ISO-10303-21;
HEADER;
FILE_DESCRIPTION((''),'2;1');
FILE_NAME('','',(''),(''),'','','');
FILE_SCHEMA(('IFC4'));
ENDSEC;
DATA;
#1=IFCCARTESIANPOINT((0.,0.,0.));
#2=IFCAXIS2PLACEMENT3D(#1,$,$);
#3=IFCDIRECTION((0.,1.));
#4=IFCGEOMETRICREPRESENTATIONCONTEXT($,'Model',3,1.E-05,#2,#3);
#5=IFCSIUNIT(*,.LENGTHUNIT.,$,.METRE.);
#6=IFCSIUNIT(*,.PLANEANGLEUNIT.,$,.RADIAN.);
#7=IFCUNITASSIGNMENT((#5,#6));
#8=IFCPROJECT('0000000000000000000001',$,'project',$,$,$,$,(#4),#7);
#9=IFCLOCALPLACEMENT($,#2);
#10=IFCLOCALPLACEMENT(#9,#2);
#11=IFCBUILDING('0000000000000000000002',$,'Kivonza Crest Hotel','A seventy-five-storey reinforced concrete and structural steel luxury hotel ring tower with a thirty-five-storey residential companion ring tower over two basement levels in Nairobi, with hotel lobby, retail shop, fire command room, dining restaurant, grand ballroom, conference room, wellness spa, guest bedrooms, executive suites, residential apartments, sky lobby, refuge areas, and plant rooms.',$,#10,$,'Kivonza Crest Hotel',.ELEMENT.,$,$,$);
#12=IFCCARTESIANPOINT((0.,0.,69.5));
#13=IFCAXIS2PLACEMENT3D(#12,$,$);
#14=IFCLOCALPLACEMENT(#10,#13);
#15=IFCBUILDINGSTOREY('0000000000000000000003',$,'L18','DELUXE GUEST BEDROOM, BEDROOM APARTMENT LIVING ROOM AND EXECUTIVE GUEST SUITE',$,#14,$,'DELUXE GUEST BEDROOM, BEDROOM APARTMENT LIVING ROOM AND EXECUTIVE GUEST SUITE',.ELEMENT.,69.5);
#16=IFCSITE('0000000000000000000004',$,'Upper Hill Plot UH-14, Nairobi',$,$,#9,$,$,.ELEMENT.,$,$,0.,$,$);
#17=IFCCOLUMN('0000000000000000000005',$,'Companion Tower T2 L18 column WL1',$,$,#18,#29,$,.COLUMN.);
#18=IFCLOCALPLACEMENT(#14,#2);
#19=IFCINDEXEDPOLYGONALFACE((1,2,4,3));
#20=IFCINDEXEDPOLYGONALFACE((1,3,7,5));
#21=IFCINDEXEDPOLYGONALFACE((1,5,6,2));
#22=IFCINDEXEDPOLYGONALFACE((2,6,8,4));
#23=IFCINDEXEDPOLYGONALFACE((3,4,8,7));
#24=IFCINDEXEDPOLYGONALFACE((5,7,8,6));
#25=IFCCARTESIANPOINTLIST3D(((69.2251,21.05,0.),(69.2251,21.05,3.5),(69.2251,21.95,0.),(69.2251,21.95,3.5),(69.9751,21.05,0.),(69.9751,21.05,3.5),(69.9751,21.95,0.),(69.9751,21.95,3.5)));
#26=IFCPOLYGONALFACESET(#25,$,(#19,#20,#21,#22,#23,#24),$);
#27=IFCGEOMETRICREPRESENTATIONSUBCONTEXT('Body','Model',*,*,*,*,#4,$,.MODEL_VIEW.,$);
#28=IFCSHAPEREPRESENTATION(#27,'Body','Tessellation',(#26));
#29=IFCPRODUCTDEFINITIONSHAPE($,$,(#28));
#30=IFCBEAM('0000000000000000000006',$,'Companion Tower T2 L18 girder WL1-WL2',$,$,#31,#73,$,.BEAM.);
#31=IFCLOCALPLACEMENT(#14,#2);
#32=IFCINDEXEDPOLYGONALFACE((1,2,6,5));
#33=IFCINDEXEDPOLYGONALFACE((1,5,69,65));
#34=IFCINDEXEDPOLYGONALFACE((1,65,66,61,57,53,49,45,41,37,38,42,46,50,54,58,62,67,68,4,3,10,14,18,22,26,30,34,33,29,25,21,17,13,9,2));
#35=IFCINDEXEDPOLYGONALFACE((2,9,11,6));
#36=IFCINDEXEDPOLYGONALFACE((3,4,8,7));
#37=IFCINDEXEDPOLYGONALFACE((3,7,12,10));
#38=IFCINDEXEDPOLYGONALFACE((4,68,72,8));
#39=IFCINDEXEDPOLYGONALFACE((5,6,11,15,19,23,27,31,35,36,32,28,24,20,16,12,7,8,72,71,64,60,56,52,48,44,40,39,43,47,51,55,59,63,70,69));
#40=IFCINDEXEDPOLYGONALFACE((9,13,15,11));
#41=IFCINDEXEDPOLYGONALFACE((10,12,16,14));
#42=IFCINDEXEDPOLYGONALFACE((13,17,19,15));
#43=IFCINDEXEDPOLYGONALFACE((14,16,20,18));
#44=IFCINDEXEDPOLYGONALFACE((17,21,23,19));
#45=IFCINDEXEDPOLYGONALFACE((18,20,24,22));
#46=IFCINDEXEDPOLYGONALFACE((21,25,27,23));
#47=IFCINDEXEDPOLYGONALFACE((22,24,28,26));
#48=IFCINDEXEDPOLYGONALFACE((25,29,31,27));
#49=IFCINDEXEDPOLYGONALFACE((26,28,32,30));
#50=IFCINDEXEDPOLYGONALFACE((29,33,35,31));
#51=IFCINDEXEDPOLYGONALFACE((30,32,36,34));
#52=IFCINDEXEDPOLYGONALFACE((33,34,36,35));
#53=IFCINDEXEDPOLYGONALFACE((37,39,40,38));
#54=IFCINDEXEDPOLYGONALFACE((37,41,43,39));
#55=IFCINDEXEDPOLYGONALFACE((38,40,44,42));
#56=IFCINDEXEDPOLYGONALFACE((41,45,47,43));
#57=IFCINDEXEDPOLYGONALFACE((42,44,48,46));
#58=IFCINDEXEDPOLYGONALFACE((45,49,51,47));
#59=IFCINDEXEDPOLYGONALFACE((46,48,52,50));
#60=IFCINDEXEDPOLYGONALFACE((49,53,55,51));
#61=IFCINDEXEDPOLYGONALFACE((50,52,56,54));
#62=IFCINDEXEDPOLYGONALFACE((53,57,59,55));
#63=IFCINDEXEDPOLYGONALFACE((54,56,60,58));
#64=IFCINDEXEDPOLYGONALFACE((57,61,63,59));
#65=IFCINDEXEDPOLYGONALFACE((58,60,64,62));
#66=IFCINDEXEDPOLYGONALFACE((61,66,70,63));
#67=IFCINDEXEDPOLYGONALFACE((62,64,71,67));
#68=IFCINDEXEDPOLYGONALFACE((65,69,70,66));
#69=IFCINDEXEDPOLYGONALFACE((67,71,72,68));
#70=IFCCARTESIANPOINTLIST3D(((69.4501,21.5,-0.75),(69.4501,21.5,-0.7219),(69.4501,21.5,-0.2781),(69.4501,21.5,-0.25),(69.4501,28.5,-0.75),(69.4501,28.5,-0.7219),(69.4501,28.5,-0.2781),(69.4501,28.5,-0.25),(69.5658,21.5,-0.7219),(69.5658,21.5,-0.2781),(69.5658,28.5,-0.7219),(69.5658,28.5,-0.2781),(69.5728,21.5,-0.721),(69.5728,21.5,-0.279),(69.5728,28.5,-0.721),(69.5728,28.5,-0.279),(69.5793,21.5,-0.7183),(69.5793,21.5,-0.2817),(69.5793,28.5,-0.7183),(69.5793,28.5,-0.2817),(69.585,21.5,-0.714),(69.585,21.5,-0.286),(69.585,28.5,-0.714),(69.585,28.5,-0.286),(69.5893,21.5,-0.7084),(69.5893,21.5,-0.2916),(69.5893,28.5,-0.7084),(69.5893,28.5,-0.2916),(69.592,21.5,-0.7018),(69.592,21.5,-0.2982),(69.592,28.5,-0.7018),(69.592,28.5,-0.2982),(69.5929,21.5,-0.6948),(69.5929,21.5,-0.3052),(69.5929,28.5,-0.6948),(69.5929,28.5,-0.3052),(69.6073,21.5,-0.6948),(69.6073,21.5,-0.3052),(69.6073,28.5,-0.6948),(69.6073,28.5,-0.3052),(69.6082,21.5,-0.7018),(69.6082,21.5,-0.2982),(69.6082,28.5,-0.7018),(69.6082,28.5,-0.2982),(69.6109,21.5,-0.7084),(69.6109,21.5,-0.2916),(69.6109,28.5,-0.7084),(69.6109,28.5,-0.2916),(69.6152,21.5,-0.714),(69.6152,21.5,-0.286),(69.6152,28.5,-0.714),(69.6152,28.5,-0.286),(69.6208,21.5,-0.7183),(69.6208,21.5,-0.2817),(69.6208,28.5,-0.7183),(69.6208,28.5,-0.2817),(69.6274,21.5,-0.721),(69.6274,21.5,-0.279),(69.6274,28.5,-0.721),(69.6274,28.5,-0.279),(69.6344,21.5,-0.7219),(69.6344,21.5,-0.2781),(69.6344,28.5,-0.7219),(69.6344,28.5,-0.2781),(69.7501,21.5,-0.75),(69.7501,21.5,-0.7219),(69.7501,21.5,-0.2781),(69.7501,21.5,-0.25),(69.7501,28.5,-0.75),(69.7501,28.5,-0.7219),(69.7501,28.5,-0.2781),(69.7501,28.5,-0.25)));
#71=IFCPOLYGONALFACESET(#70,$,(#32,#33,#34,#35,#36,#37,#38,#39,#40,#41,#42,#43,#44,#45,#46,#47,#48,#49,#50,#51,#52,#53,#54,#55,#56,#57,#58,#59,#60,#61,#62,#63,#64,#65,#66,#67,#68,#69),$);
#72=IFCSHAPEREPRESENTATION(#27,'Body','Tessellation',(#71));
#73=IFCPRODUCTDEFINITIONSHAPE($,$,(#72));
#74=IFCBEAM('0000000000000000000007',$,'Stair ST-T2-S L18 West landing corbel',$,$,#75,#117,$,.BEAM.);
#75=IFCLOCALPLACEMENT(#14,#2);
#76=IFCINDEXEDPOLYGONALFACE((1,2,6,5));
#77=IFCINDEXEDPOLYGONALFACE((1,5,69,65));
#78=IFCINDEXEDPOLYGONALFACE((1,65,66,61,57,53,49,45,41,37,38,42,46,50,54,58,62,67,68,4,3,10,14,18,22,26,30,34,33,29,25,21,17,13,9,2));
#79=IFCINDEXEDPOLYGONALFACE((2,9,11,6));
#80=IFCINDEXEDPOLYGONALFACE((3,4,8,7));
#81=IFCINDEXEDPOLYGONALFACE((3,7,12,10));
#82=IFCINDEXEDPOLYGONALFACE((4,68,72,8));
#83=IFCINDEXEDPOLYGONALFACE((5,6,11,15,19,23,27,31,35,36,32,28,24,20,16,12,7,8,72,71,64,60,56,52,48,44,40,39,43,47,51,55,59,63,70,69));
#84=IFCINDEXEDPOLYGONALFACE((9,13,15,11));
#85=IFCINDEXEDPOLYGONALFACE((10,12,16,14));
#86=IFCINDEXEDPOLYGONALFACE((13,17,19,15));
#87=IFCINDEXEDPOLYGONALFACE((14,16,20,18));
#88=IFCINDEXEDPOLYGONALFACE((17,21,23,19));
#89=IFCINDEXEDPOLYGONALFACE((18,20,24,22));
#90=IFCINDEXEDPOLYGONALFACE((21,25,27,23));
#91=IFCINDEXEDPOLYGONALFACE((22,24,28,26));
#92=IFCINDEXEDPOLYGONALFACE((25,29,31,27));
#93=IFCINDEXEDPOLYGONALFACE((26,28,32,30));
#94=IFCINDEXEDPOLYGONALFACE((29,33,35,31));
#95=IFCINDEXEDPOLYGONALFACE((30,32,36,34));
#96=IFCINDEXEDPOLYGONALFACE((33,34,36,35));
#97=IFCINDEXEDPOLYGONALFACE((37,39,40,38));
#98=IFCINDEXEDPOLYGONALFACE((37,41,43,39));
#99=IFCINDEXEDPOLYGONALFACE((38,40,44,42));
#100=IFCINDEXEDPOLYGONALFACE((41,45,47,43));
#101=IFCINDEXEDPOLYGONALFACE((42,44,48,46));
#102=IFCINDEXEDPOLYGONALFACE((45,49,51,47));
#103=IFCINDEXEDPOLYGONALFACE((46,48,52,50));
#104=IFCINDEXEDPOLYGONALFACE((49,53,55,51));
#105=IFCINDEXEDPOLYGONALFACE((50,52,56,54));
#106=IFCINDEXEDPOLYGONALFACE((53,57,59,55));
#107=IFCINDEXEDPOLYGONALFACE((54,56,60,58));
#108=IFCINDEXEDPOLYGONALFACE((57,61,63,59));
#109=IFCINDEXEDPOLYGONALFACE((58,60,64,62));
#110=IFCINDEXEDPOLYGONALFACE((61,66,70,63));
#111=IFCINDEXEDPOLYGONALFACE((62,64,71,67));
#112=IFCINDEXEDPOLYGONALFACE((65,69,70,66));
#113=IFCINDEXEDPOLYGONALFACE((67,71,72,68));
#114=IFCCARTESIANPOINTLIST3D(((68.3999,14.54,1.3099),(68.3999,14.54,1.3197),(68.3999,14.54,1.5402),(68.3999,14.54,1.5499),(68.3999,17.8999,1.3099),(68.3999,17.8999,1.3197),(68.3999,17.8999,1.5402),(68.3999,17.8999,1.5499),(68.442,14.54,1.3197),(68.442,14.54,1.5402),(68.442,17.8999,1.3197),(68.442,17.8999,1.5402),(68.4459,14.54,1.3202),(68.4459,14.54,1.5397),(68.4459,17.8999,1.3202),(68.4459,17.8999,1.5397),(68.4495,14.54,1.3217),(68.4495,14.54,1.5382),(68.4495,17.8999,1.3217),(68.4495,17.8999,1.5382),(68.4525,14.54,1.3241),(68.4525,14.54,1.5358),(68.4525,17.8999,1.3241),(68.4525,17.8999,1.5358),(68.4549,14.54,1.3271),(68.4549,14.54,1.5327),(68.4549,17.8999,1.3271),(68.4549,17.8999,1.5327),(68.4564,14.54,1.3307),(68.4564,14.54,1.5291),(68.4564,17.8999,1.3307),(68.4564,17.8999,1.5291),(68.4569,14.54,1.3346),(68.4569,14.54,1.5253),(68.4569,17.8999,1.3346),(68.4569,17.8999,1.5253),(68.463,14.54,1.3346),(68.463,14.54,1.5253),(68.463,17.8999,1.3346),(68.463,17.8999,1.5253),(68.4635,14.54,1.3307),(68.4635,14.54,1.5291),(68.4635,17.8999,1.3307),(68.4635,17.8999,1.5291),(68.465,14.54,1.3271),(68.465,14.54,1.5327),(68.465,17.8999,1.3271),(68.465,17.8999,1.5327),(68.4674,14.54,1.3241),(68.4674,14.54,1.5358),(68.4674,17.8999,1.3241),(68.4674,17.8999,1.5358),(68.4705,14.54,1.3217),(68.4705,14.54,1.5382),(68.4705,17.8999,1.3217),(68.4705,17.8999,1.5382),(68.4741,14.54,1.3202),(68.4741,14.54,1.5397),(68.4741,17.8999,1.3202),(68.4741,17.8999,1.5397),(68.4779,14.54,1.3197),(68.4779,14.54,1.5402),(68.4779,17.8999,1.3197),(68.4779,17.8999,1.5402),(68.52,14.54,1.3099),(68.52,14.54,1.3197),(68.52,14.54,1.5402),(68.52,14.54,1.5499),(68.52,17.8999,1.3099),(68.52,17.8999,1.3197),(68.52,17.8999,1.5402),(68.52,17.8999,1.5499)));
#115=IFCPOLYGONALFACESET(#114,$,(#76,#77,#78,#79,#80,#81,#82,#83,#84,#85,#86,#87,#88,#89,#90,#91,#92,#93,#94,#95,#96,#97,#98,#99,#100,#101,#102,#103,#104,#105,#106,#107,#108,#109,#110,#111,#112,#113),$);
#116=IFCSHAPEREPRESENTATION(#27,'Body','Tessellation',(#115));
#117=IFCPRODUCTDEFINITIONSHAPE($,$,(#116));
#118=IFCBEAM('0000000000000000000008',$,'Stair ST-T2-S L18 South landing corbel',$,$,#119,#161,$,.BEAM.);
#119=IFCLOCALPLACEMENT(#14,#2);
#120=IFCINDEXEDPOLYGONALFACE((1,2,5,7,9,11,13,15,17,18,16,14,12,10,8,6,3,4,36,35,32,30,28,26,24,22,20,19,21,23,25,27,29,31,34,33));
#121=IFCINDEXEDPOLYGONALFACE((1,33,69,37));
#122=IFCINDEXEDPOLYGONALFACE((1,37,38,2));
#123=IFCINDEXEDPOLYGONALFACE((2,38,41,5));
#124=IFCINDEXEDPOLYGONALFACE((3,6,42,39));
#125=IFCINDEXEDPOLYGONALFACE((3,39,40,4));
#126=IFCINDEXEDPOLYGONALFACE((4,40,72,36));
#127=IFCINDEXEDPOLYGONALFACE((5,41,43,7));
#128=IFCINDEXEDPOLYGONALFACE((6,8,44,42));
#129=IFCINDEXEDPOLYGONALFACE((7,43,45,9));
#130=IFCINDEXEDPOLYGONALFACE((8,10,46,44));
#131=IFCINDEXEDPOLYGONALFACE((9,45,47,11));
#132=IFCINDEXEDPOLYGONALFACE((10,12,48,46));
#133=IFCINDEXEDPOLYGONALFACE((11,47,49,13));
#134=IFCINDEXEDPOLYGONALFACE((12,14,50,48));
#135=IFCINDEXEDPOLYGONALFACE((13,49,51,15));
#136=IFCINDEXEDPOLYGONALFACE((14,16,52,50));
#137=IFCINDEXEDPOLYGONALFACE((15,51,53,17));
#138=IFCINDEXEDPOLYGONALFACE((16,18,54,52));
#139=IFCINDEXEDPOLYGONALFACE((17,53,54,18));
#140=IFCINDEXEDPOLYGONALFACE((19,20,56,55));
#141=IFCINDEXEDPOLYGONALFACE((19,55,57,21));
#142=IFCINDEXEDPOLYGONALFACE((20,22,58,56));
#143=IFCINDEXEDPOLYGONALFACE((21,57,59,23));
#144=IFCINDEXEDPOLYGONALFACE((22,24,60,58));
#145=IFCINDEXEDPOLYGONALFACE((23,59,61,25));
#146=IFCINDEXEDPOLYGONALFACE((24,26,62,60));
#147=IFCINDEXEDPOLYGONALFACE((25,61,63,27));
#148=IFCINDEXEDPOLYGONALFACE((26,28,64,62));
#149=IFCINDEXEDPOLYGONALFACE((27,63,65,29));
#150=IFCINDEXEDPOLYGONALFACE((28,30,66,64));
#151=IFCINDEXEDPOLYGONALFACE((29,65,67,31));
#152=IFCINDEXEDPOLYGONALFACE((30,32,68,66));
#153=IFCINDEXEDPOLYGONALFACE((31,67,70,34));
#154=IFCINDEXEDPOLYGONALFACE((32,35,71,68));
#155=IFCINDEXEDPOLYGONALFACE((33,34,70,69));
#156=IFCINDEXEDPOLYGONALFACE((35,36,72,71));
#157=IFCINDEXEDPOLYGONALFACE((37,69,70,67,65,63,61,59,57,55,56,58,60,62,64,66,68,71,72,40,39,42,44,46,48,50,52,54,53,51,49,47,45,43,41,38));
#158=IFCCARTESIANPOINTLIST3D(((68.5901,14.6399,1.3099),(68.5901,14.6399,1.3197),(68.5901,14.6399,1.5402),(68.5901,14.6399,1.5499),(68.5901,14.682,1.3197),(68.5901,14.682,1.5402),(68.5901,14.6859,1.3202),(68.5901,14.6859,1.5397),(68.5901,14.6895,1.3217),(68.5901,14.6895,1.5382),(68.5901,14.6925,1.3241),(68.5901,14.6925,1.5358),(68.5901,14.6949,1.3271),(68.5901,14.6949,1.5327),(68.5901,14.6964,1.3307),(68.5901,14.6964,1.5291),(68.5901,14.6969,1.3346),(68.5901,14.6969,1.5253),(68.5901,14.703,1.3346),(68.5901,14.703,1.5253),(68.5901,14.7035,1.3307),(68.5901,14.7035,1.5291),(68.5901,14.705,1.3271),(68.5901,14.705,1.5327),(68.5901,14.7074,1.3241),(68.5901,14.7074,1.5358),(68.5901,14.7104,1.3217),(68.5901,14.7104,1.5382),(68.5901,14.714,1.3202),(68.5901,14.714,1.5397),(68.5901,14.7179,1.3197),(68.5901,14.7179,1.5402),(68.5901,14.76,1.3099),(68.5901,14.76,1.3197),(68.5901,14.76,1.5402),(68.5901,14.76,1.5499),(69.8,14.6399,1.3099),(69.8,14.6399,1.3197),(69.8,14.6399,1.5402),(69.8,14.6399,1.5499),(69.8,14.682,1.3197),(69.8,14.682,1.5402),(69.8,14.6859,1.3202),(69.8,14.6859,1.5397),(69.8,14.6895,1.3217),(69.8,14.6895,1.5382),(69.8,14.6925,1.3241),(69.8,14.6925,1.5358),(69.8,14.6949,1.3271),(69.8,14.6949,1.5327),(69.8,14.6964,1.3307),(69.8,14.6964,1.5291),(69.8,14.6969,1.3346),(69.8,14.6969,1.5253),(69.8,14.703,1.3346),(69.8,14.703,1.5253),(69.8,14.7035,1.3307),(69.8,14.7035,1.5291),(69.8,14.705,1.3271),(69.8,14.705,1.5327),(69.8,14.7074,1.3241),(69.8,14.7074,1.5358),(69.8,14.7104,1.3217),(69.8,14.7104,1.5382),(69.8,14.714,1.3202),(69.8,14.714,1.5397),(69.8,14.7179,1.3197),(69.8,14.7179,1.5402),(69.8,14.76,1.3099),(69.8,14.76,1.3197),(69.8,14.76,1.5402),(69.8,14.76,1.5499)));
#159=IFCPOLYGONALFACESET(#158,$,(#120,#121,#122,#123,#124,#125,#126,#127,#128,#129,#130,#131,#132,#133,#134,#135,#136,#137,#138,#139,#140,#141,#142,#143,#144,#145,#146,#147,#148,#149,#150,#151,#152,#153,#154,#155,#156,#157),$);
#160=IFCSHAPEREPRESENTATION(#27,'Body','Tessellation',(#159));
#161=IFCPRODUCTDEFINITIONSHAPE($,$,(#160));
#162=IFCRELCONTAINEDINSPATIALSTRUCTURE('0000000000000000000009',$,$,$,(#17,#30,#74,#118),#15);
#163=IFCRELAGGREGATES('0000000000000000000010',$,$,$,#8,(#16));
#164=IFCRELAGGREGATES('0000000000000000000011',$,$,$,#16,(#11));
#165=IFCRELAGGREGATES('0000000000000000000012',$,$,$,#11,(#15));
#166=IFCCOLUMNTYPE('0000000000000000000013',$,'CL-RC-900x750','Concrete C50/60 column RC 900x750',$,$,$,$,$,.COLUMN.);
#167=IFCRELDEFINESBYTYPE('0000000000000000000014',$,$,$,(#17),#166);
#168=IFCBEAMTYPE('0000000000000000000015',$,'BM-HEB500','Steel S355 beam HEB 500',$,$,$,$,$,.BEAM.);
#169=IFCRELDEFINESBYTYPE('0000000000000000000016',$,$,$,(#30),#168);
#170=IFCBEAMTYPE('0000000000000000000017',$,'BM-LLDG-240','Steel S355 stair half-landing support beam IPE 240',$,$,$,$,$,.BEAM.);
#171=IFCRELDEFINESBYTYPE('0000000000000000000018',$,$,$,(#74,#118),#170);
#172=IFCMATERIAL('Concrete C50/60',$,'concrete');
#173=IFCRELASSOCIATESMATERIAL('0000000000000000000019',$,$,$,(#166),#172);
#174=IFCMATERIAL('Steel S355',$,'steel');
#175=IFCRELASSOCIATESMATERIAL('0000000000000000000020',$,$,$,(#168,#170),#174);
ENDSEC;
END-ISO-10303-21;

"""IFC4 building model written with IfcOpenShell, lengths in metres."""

from ifc_helpers import new_model, si_unit, direction, frame, origin, origin_2d, place, context, subcontext, project, spatial, rectangle, i_section, extrude, material, material_profile, profile_set, type_object, element, save


model = new_model("IFC4")

# Units and contexts
model_context = context("Model", 3, precision=1e-05, world=origin(), true_north=direction((0.0, 1.0)))
body_context = subcontext(model_context, "Body", "Model", "MODEL_VIEW")
ifc_project = project(units=[si_unit("LENGTHUNIT", "METRE"), si_unit("PLANEANGLEUNIT", "RADIAN")], contexts=[model_context])

# Site, building, storey
site_placement = place(None, origin())
site = spatial("IfcSite", under=ifc_project, at=site_placement, Name="Upper Hill Plot UH-14, Nairobi", CompositionType="ELEMENT", RefElevation=0.0)
building_placement = place(site_placement, origin())
building = spatial("IfcBuilding", under=site, at=building_placement, Name="Kivonza Crest Hotel", Description="A seventy-five-storey reinforced concrete and structural steel luxury hotel ring tower with a thirty-five-storey residential companion ring tower over two basement levels in Nairobi, with hotel lobby, retail shop, fire command room, dining restaurant, grand ballroom, conference room, wellness spa, guest bedrooms, executive suites, residential apartments, sky lobby, refuge areas, and plant rooms.", LongName="Kivonza Crest Hotel", CompositionType="ELEMENT")
storey_placement = place(building_placement, frame((0.0, 0.0, 69.5)))
storey = spatial("IfcBuildingStorey", under=building, at=storey_placement, Name="L18", Description="DELUXE GUEST BEDROOM, BEDROOM APARTMENT LIVING ROOM AND EXECUTIVE GUEST SUITE", LongName="DELUXE GUEST BEDROOM, BEDROOM APARTMENT LIVING ROOM AND EXECUTIVE GUEST SUITE", CompositionType="ELEMENT", Elevation=69.5)

# Column
ifc_material_1 = material(Name="Concrete C50/60", Category="concrete")
ifc_material_profile_1 = material_profile(ifc_material_1, rectangle(XDim=0.75, YDim=0.8999, at=origin_2d()), Name="RC 900x750")
ifc_profile_set_1 = profile_set([ifc_material_profile_1], Name="Concrete C50/60")
column_type = type_object("IfcColumnType", Name="CL-RC-900x750", Description="Concrete C50/60 column RC 900x750", PredefinedType="COLUMN", material=ifc_profile_set_1)
column_placement = place(storey_placement, frame((69.6001, 21.5, 0.0), z_axis=(0.0, 0.0, 1.0), x_axis=(1.0, 0.0, 0.0)))
element("IfcColumn", 1, at=column_placement, inside=storey, type_object=column_type, Name="Companion Tower T2 L18 column WL1", PredefinedType="COLUMN", context=body_context, shape_type="SweptSolid", body=[
    extrude(rectangle(XDim=0.75, YDim=0.8999, at=origin_2d()), origin(), (0.0, 0.0, 1.0), 3.5),
])

# Beams
ifc_material_2 = material(Name="Steel S355", Category="steel")
ifc_material_profile_2 = material_profile(ifc_material_2, i_section(OverallWidth=0.3, OverallDepth=0.5, WebThickness=0.0144, FlangeThickness=0.0281, FilletRadius=0.0271, at=origin_2d()), Name="HEB 500")
ifc_profile_set_2 = profile_set([ifc_material_profile_2], Name="Steel S355")
beam_type_1 = type_object("IfcBeamType", Name="BM-HEB500", Description="Steel S355 beam HEB 500", PredefinedType="BEAM", material=ifc_profile_set_2)
beam_1_placement = place(storey_placement, frame((69.6001, 21.5, -0.5), z_axis=(0.0, 1.0, 0.0), x_axis=(-1.0, 0.0, 0.0)))
element("IfcBeam", 2, at=beam_1_placement, inside=storey, type_object=beam_type_1, Name="Companion Tower T2 L18 girder WL1-WL2", PredefinedType="BEAM", context=body_context, shape_type="SweptSolid", body=[
    extrude(i_section(OverallWidth=0.3, OverallDepth=0.5, WebThickness=0.0144, FlangeThickness=0.0281, FilletRadius=0.0271, at=origin_2d()), origin(), (0.0, 0.0, 1.0), 7.0),
])
ifc_material_profile_3 = material_profile(ifc_material_2, i_section(OverallWidth=0.1201, OverallDepth=0.24, WebThickness=0.0061, FlangeThickness=0.0098, FilletRadius=0.0149, at=origin_2d()), Name="IPE 240")
ifc_profile_set_3 = profile_set([ifc_material_profile_3], Name="Steel S355")
beam_type_2 = type_object("IfcBeamType", Name="BM-LLDG-240", Description="Steel S355 stair half-landing support beam IPE 240", PredefinedType="BEAM", material=ifc_profile_set_3)
beam_2_placement = place(storey_placement, frame((68.46, 14.54, 1.4299), z_axis=(0.0, 1.0, 0.0), x_axis=(-1.0, 0.0, 0.0)))
element("IfcBeam", 3, at=beam_2_placement, inside=storey, type_object=beam_type_2, Name="Stair ST-T2-S L18 West landing corbel", PredefinedType="BEAM", context=body_context, shape_type="SweptSolid", body=[
    extrude(i_section(OverallWidth=0.1201, OverallDepth=0.24, WebThickness=0.0061, FlangeThickness=0.0098, FilletRadius=0.0149, at=origin_2d()), origin(), (0.0, 0.0, 1.0), 3.3599),
])
for number, where, z_axis, x_axis, name in (
    (4, (68.5901, 14.7, 1.4299), (1.0, 0.0, 0.0), (0.0, 1.0, 0.0), "Stair ST-T2-S L18 South landing corbel"),
):
    element("IfcBeam", number, at=place(storey_placement, frame(where, z_axis=z_axis, x_axis=x_axis)), inside=storey, type_object=beam_type_2, Name=name, PredefinedType="BEAM", context=body_context, shape_type="SweptSolid", body=[
        extrude(i_section(OverallWidth=0.1201, OverallDepth=0.24, WebThickness=0.0061, FlangeThickness=0.0098, FilletRadius=0.0149, at=origin_2d()), origin(), (0.0, 0.0, 1.0), 1.21),
    ])

save(model, "model.ifc")
